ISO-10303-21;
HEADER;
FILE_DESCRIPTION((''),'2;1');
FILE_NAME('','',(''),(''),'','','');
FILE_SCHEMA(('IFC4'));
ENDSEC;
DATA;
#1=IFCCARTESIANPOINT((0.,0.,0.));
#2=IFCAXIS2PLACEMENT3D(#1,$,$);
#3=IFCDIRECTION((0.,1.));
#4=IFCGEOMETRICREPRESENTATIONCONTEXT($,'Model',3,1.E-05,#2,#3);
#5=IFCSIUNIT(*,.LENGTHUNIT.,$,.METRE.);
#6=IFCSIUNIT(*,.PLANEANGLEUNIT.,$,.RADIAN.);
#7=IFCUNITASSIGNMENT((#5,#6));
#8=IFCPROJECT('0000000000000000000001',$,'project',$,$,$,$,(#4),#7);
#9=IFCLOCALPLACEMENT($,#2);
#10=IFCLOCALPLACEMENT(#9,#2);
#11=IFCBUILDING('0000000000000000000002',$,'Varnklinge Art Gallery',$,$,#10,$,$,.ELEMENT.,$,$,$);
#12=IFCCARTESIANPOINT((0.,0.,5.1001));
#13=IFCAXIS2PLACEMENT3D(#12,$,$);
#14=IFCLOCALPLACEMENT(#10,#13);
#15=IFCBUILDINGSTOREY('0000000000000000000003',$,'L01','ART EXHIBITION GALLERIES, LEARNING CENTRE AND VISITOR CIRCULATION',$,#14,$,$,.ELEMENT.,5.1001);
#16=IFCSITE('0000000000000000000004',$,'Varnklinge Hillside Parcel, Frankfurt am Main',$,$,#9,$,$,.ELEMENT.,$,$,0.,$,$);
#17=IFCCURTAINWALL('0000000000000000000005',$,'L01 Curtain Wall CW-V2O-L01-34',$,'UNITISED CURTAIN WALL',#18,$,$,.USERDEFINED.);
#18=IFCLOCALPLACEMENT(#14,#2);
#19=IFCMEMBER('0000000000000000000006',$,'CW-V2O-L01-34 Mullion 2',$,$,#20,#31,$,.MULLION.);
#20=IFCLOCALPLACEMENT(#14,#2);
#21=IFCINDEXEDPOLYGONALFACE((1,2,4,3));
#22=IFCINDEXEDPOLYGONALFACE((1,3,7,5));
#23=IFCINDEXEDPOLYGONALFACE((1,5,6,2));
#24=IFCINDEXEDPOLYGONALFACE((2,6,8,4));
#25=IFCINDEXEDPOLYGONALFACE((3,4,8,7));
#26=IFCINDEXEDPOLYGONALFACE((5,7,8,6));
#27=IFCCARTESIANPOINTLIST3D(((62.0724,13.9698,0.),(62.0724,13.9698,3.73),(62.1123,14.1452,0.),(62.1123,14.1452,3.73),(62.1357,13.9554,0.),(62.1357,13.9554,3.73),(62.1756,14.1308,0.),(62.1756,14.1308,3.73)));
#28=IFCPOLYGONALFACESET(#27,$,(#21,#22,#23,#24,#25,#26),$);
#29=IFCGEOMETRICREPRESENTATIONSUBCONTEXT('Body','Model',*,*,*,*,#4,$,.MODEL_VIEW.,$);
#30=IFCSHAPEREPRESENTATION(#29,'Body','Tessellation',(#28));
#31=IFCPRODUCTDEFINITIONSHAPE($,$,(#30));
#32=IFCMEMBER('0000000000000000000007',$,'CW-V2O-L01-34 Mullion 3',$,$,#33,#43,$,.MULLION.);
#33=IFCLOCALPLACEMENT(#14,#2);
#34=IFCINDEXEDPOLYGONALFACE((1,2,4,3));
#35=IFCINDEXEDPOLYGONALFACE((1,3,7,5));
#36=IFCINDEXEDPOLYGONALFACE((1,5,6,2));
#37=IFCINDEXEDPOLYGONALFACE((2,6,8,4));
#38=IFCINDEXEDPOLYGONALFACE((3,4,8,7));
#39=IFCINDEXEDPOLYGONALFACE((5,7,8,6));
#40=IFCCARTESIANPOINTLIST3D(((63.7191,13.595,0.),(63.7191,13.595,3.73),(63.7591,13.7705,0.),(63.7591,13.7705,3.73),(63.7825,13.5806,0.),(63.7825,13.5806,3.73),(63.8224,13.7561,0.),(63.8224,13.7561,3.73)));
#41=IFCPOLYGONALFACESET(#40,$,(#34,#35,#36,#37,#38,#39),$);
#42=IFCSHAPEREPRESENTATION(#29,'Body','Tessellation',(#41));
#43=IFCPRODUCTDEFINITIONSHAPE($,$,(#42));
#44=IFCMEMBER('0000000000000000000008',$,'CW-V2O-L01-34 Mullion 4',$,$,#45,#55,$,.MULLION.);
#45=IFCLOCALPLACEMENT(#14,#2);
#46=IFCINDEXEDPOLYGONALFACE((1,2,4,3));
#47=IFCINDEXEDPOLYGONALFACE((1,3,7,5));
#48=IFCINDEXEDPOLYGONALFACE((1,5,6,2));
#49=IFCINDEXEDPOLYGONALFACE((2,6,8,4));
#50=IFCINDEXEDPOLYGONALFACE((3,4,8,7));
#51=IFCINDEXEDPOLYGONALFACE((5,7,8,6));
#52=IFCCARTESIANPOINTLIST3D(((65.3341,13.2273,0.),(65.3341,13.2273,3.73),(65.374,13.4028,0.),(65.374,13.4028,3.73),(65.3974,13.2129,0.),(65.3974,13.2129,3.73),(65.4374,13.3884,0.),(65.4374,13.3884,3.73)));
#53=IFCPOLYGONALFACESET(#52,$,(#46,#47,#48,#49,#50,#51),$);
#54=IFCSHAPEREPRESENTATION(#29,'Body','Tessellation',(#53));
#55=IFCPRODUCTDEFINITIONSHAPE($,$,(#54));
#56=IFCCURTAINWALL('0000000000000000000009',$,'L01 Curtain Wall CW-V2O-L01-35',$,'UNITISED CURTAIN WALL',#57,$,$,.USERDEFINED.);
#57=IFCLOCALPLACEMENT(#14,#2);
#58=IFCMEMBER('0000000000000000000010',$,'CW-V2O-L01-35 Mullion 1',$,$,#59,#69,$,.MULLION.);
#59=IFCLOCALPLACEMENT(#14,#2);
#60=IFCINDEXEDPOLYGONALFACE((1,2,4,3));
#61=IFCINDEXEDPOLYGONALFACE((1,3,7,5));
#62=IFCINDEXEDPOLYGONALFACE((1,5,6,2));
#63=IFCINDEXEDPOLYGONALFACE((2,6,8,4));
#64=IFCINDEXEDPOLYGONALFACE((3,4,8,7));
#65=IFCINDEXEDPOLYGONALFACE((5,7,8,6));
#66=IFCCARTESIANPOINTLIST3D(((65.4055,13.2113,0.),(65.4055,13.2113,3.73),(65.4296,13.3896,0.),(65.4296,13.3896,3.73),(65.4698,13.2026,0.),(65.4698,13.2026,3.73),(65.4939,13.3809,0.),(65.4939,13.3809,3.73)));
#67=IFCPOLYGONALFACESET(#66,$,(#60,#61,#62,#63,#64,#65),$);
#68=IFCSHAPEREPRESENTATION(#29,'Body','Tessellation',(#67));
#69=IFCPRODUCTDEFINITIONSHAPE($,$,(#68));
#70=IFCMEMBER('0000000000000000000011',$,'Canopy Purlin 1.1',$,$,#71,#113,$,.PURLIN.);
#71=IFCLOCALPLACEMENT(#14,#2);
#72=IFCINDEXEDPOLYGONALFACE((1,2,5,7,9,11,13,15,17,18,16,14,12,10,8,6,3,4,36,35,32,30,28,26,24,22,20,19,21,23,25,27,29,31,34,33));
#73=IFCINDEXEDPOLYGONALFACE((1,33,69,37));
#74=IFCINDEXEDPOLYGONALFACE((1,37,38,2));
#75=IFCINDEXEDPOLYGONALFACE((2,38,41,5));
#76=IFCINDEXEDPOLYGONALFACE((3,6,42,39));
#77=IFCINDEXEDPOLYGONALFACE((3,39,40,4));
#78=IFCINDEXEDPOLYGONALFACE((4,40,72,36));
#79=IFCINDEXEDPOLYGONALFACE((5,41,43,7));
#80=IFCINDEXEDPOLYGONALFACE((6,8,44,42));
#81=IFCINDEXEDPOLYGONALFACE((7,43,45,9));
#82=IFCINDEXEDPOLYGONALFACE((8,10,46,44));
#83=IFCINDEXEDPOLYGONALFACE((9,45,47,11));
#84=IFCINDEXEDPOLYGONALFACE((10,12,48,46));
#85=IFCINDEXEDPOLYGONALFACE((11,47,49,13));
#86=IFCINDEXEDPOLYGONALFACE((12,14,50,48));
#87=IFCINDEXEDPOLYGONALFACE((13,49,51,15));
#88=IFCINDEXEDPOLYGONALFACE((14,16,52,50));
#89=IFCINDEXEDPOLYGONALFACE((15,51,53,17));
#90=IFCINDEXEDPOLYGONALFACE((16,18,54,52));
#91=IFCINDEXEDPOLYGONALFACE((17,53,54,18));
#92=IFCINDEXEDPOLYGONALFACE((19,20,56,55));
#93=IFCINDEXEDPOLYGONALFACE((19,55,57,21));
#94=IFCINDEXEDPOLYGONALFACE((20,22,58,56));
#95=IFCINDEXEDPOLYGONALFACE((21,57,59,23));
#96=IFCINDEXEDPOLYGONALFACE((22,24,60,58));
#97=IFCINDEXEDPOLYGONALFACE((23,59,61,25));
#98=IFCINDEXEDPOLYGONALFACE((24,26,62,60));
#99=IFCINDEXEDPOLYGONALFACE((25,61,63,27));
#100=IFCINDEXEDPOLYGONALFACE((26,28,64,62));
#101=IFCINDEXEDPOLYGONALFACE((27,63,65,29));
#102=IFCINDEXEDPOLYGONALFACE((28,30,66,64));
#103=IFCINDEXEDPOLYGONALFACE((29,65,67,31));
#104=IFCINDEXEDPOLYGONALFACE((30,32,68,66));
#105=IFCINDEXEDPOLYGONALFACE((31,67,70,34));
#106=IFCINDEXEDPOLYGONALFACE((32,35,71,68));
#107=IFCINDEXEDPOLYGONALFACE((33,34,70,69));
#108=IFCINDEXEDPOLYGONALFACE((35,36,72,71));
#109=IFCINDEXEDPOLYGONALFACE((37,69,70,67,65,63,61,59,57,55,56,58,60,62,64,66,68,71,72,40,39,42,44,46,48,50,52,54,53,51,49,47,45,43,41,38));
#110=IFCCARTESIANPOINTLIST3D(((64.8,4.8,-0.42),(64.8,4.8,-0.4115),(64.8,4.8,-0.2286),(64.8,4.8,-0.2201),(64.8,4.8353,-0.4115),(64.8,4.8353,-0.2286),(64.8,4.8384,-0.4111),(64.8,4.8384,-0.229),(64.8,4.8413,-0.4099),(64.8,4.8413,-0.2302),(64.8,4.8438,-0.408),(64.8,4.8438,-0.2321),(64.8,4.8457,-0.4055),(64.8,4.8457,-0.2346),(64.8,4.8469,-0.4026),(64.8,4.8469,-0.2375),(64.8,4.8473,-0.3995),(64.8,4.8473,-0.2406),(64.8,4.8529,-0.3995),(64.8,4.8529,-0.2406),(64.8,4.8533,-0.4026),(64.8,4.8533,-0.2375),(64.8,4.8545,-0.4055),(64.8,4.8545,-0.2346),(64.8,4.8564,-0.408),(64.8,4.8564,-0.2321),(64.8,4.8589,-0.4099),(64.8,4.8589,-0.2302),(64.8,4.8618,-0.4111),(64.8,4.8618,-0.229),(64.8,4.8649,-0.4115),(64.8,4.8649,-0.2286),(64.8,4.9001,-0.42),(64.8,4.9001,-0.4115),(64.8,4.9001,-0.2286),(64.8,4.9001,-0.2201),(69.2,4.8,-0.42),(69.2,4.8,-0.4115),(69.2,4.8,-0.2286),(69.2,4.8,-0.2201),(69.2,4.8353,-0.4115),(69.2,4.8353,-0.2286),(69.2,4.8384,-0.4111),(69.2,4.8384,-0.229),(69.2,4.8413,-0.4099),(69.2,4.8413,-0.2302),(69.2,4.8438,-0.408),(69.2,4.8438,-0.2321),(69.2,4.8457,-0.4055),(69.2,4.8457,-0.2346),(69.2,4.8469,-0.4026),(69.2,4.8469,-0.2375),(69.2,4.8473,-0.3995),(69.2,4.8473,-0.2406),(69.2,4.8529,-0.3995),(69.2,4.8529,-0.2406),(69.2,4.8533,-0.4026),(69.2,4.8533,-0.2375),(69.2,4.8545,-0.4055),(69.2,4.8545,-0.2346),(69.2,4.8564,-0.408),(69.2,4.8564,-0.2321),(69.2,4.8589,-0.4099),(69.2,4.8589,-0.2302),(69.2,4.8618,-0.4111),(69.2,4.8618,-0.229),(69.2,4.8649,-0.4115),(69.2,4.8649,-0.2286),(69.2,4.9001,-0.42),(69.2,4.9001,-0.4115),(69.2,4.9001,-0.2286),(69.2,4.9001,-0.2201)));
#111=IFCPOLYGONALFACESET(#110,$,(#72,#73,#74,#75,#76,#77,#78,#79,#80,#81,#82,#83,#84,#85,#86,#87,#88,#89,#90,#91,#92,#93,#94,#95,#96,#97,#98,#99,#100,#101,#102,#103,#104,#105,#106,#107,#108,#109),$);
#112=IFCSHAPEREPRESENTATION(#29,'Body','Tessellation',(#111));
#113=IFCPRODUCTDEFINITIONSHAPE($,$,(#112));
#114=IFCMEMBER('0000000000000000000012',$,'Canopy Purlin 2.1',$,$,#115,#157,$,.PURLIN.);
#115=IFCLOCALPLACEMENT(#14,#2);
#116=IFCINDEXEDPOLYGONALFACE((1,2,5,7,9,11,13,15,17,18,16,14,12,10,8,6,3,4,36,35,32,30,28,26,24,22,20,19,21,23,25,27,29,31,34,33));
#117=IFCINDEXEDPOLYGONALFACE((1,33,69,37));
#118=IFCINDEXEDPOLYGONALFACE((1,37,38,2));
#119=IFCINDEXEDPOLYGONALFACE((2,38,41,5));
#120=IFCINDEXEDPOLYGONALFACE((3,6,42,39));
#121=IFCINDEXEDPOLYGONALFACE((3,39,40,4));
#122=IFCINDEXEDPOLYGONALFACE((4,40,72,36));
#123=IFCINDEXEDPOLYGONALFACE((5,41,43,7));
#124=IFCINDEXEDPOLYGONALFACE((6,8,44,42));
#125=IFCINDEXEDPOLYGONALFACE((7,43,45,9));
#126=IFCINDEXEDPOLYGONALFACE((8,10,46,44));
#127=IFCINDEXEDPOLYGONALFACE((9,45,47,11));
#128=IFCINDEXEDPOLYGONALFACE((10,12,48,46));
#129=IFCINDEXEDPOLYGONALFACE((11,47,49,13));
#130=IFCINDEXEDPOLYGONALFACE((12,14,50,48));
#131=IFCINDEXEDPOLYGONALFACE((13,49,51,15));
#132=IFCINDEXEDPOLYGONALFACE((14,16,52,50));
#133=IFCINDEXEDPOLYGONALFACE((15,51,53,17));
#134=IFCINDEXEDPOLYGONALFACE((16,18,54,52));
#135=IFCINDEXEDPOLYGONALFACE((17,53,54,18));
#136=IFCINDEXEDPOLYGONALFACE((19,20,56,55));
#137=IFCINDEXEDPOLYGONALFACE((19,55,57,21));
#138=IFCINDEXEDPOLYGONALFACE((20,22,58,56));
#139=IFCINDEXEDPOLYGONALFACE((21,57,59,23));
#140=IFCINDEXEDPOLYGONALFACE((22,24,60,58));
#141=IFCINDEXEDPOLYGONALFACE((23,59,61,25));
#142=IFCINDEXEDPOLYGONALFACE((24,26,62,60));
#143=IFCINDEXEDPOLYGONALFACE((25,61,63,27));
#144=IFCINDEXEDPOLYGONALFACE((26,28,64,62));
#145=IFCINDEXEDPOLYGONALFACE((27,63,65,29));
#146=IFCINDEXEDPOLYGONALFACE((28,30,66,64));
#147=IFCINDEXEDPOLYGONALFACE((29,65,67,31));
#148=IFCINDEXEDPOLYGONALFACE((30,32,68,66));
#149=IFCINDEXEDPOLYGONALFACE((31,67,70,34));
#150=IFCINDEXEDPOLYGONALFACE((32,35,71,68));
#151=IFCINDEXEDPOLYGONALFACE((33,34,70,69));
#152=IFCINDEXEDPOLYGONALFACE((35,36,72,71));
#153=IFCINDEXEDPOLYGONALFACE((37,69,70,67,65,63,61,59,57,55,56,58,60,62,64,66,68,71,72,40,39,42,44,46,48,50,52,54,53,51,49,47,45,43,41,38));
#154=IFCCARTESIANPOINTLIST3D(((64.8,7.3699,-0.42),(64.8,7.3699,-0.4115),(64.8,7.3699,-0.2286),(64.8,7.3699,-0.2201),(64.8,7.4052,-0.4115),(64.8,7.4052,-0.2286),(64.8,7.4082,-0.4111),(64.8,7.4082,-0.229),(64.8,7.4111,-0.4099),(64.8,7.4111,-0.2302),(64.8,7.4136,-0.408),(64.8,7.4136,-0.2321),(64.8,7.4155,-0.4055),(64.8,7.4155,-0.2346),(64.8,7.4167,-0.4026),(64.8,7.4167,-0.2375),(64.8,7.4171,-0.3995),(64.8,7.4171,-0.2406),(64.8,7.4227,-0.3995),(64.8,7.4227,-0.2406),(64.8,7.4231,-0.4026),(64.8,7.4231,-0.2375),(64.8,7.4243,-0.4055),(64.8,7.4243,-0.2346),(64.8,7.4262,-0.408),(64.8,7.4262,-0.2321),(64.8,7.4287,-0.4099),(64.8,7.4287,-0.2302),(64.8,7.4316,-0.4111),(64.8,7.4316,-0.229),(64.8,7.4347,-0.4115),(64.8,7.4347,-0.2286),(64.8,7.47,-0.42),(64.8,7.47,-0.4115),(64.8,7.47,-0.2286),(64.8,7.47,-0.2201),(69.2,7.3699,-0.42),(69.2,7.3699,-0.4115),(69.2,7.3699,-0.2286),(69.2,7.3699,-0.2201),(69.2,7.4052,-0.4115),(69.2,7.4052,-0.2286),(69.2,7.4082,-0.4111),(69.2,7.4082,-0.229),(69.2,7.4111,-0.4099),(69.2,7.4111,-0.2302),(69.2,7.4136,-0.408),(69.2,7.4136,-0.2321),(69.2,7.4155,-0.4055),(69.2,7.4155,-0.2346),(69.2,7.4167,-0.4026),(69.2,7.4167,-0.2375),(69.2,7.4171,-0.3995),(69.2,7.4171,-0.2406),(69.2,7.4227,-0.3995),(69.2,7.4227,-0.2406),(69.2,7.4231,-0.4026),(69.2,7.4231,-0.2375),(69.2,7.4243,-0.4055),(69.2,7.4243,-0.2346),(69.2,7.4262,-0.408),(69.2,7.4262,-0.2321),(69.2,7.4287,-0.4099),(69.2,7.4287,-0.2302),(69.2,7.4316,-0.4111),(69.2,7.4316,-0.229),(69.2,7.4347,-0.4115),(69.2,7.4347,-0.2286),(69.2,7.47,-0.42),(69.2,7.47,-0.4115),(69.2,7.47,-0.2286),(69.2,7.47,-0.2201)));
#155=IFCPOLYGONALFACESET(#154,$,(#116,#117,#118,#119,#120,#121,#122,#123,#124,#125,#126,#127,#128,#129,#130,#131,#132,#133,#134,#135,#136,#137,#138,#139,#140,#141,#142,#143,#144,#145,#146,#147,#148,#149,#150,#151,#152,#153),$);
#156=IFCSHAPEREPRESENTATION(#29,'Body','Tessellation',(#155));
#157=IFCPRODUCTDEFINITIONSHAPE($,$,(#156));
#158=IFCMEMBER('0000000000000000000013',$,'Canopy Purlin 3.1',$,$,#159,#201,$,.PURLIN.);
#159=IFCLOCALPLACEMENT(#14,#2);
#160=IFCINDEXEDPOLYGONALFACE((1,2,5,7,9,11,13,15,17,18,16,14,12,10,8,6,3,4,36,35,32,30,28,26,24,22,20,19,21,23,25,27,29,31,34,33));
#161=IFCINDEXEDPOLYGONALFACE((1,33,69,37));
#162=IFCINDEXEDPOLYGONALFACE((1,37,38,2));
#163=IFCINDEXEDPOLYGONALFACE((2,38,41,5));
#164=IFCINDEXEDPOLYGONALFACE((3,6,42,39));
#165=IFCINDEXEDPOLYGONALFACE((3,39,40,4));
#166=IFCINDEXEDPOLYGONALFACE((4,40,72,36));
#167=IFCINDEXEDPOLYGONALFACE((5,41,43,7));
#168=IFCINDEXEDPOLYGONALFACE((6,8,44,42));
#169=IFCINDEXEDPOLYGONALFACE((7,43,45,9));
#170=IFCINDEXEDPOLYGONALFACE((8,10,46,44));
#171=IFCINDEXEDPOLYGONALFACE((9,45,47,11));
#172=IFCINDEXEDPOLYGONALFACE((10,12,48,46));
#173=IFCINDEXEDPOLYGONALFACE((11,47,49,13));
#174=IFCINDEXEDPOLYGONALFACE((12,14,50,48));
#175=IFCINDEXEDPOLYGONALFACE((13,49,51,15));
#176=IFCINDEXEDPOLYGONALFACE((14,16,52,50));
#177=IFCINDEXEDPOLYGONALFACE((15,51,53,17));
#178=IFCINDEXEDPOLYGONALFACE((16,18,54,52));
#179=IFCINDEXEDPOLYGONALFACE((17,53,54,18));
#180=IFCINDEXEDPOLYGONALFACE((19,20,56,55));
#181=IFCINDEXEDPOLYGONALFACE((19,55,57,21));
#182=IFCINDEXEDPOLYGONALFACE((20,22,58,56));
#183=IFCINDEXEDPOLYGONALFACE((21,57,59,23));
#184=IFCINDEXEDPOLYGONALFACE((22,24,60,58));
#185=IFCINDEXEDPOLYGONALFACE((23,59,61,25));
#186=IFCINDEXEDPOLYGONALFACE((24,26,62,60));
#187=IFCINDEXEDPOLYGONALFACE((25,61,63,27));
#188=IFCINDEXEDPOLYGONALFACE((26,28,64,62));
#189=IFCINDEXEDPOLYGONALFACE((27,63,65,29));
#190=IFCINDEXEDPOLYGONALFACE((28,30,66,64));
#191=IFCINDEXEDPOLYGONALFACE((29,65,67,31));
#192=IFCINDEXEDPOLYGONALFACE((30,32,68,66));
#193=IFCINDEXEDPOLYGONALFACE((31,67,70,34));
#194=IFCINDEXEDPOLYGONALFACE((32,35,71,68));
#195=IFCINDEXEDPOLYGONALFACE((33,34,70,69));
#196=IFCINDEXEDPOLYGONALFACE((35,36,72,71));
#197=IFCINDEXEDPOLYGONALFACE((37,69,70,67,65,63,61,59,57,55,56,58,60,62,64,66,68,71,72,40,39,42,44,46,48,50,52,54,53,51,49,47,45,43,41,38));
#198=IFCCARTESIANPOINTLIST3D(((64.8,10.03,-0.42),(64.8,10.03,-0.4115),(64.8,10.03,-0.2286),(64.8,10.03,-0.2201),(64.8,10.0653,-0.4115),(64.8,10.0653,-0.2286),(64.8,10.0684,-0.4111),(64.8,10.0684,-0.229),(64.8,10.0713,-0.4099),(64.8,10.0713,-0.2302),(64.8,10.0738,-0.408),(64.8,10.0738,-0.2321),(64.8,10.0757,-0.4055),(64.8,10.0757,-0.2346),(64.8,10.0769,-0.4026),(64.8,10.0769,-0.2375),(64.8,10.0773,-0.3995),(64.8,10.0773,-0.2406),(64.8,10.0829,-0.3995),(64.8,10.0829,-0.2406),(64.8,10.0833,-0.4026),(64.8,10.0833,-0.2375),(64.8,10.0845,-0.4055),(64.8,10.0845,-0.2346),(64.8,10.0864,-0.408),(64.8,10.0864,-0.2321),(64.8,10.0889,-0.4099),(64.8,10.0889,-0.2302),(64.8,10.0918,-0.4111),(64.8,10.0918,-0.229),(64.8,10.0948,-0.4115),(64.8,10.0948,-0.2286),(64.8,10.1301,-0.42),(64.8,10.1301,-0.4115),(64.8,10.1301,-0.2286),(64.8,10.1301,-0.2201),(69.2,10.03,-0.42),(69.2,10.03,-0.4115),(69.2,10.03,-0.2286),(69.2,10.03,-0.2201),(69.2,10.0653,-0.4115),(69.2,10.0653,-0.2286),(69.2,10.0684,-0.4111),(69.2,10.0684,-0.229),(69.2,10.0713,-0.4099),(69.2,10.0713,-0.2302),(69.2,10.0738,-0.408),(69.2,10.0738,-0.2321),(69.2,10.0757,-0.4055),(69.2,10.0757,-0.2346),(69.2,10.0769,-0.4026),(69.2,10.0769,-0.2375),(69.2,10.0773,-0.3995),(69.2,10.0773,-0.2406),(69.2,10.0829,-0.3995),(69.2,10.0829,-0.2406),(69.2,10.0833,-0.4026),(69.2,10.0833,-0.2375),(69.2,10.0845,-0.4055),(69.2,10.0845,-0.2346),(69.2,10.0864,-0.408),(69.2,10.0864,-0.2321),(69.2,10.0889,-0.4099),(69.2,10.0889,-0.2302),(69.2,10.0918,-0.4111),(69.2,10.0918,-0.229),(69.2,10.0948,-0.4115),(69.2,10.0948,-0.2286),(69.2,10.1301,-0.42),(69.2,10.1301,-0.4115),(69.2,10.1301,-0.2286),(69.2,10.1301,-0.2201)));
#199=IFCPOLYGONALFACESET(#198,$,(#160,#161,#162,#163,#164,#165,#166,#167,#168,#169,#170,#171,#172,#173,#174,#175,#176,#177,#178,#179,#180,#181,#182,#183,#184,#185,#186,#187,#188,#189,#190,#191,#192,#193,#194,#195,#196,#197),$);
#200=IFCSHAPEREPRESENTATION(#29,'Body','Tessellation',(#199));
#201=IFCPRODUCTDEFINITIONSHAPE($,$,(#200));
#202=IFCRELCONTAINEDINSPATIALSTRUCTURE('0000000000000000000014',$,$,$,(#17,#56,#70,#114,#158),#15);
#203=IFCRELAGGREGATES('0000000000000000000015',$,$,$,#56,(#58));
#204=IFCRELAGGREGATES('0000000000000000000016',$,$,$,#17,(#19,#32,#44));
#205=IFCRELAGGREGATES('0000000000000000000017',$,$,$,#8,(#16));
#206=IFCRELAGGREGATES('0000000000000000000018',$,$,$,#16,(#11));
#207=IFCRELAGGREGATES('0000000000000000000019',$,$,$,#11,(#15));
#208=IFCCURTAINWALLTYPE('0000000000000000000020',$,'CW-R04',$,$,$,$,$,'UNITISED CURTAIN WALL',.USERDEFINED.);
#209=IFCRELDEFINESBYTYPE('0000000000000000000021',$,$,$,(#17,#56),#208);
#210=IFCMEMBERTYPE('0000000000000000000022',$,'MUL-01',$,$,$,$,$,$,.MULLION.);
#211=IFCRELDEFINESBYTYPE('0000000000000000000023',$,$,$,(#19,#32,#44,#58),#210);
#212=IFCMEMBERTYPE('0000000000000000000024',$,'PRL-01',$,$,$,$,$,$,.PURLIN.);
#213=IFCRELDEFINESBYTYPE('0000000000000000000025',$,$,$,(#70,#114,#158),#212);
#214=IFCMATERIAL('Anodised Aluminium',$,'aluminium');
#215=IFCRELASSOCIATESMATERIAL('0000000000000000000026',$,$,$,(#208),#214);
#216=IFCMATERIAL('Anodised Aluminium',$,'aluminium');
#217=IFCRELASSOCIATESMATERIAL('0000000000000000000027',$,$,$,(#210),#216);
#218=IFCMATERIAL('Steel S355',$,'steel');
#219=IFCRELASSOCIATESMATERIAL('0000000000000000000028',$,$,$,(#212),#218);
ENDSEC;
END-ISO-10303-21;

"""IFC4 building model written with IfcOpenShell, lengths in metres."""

from ifc_helpers import new_model, si_unit, direction, frame, origin, origin_2d, place, context, subcontext, project, spatial, rectangle, i_section, extrude, material, material_profile, profile_set, type_object, element, aggregate, save


model = new_model("IFC4")

# Units and contexts
model_context = context("Model", 3, precision=1e-05, world=origin(), true_north=direction((0.0, 1.0)))
body_context = subcontext(model_context, "Body", "Model", "MODEL_VIEW")
ifc_project = project(units=[si_unit("LENGTHUNIT", "METRE"), si_unit("PLANEANGLEUNIT", "RADIAN")], contexts=[model_context])

# Site, building, storey
site_placement = place(None, origin())
site = spatial("IfcSite", under=ifc_project, at=site_placement, Name="Varnklinge Hillside Parcel, Frankfurt am Main", CompositionType="ELEMENT", RefElevation=0.0)
building_placement = place(site_placement, origin())
building = spatial("IfcBuilding", under=site, at=building_placement, Name="Varnklinge Art Gallery", CompositionType="ELEMENT")
storey_placement = place(building_placement, frame((0.0, 0.0, 5.1001)))
storey = spatial("IfcBuildingStorey", under=building, at=storey_placement, Name="L01", Description="ART EXHIBITION GALLERIES, LEARNING CENTRE AND VISITOR CIRCULATION", CompositionType="ELEMENT", Elevation=5.1001)

# Curtain wall, members
ifc_material_1 = material(Name="Anodised Aluminium", Category="aluminium")
curtain_wall_type = type_object("IfcCurtainWallType", Name="CW-R04", ElementType="UNITISED CURTAIN WALL", PredefinedType="USERDEFINED", material=ifc_material_1)
curtain_wall_1_placement = place(storey_placement, origin())
curtain_wall_1 = element("IfcCurtainWall", 1, at=curtain_wall_1_placement, inside=storey, type_object=curtain_wall_type, Name="L01 Curtain Wall CW-V2O-L01-34", ObjectType="UNITISED CURTAIN WALL", PredefinedType="USERDEFINED")
ifc_material_2 = material(Name="Anodised Aluminium", Category="aluminium")
ifc_material_profile_1 = material_profile(ifc_material_2, rectangle(XDim=0.0649, YDim=0.1799, at=origin_2d()), Name="ALU 65x180")
ifc_profile_set_1 = profile_set([ifc_material_profile_1], Name="Anodised Aluminium")
member_type_1 = type_object("IfcMemberType", Name="MUL-01", PredefinedType="MULLION", material=ifc_profile_set_1)
member_1_placement = place(storey_placement, frame((62.124, 14.0503, 0.0), z_axis=(0.0, 0.0, 1.0), x_axis=(0.975072, -0.221889, 0.0)))
member_1 = element("IfcMember", 2, at=member_1_placement, type_object=member_type_1, Name="CW-V2O-L01-34 Mullion 2", PredefinedType="MULLION", context=body_context, shape_type="SweptSolid", body=[
    extrude(rectangle(XDim=0.0649, YDim=0.1799, at=origin_2d()), origin(), (0.0, 0.0, 1.0), 3.73),
])
member_2_placement = place(storey_placement, frame((63.7708, 13.6755, 0.0), z_axis=(0.0, 0.0, 1.0), x_axis=(0.975072, -0.221889, 0.0)))
member_2 = element("IfcMember", 3, at=member_2_placement, type_object=member_type_1, Name="CW-V2O-L01-34 Mullion 3", PredefinedType="MULLION", context=body_context, shape_type="SweptSolid", body=[
    extrude(rectangle(XDim=0.0649, YDim=0.1799, at=origin_2d()), origin(), (0.0, 0.0, 1.0), 3.73),
])
member_3_placement = place(storey_placement, frame((65.3857, 13.3079, 0.0), z_axis=(0.0, 0.0, 1.0), x_axis=(0.975072, -0.221889, 0.0)))
member_3 = element("IfcMember", 4, at=member_3_placement, type_object=member_type_1, Name="CW-V2O-L01-34 Mullion 4", PredefinedType="MULLION", context=body_context, shape_type="SweptSolid", body=[
    extrude(rectangle(XDim=0.0649, YDim=0.1799, at=origin_2d()), origin(), (0.0, 0.0, 1.0), 3.73),
])

# Curtain wall, member
curtain_wall_2_placement = place(storey_placement, origin())
curtain_wall_2 = element("IfcCurtainWall", 5, at=curtain_wall_2_placement, inside=storey, type_object=curtain_wall_type, Name="L01 Curtain Wall CW-V2O-L01-35", ObjectType="UNITISED CURTAIN WALL", PredefinedType="USERDEFINED")
member_4_placement = place(storey_placement, frame((65.4497, 13.2961, 0.0), z_axis=(0.0, 0.0, 1.0), x_axis=(0.990983, -0.133986, 0.0)))
member_4 = element("IfcMember", 6, at=member_4_placement, type_object=member_type_1, Name="CW-V2O-L01-35 Mullion 1", PredefinedType="MULLION", context=body_context, shape_type="SweptSolid", body=[
    extrude(rectangle(XDim=0.0649, YDim=0.1799, at=origin_2d()), origin(), (0.0, 0.0, 1.0), 3.73),
])

# Members
ifc_material_3 = material(Name="Steel S355", Category="steel")
ifc_material_profile_2 = material_profile(ifc_material_3, i_section(OverallWidth=0.1001, OverallDepth=0.2, WebThickness=0.0056, FlangeThickness=0.0085, FilletRadius=0.012, at=origin_2d()), Name="IPE 200")
ifc_profile_set_2 = profile_set([ifc_material_profile_2], Name="Steel S355")
member_type_2 = type_object("IfcMemberType", Name="PRL-01", PredefinedType="PURLIN", material=ifc_profile_set_2)
for number, where, z_axis, x_axis, name in (
    (7, (64.8, 4.8501, -0.3201), (1.0, 0.0, 0.0), (0.0, 1.0, 0.0), "Canopy Purlin 1.1"),
    (8, (64.8, 7.4199, -0.3201), (1.0, 0.0, 0.0), (0.0, 1.0, 0.0), "Canopy Purlin 2.1"),
    (9, (64.8, 10.0801, -0.3201), (1.0, 0.0, 0.0), (0.0, 1.0, 0.0), "Canopy Purlin 3.1"),
):
    element("IfcMember", number, at=place(storey_placement, frame(where, z_axis=z_axis, x_axis=x_axis)), inside=storey, type_object=member_type_2, Name=name, PredefinedType="PURLIN", context=body_context, shape_type="SweptSolid", body=[
        extrude(i_section(OverallWidth=0.1001, OverallDepth=0.2, WebThickness=0.0056, FlangeThickness=0.0085, FilletRadius=0.012, at=origin_2d()), origin(), (0.0, 0.0, 1.0), 4.3999),
    ])

aggregate(curtain_wall_2, [member_4])

aggregate(curtain_wall_1, [member_1, member_2, member_3])

save(model, "model.ifc")
